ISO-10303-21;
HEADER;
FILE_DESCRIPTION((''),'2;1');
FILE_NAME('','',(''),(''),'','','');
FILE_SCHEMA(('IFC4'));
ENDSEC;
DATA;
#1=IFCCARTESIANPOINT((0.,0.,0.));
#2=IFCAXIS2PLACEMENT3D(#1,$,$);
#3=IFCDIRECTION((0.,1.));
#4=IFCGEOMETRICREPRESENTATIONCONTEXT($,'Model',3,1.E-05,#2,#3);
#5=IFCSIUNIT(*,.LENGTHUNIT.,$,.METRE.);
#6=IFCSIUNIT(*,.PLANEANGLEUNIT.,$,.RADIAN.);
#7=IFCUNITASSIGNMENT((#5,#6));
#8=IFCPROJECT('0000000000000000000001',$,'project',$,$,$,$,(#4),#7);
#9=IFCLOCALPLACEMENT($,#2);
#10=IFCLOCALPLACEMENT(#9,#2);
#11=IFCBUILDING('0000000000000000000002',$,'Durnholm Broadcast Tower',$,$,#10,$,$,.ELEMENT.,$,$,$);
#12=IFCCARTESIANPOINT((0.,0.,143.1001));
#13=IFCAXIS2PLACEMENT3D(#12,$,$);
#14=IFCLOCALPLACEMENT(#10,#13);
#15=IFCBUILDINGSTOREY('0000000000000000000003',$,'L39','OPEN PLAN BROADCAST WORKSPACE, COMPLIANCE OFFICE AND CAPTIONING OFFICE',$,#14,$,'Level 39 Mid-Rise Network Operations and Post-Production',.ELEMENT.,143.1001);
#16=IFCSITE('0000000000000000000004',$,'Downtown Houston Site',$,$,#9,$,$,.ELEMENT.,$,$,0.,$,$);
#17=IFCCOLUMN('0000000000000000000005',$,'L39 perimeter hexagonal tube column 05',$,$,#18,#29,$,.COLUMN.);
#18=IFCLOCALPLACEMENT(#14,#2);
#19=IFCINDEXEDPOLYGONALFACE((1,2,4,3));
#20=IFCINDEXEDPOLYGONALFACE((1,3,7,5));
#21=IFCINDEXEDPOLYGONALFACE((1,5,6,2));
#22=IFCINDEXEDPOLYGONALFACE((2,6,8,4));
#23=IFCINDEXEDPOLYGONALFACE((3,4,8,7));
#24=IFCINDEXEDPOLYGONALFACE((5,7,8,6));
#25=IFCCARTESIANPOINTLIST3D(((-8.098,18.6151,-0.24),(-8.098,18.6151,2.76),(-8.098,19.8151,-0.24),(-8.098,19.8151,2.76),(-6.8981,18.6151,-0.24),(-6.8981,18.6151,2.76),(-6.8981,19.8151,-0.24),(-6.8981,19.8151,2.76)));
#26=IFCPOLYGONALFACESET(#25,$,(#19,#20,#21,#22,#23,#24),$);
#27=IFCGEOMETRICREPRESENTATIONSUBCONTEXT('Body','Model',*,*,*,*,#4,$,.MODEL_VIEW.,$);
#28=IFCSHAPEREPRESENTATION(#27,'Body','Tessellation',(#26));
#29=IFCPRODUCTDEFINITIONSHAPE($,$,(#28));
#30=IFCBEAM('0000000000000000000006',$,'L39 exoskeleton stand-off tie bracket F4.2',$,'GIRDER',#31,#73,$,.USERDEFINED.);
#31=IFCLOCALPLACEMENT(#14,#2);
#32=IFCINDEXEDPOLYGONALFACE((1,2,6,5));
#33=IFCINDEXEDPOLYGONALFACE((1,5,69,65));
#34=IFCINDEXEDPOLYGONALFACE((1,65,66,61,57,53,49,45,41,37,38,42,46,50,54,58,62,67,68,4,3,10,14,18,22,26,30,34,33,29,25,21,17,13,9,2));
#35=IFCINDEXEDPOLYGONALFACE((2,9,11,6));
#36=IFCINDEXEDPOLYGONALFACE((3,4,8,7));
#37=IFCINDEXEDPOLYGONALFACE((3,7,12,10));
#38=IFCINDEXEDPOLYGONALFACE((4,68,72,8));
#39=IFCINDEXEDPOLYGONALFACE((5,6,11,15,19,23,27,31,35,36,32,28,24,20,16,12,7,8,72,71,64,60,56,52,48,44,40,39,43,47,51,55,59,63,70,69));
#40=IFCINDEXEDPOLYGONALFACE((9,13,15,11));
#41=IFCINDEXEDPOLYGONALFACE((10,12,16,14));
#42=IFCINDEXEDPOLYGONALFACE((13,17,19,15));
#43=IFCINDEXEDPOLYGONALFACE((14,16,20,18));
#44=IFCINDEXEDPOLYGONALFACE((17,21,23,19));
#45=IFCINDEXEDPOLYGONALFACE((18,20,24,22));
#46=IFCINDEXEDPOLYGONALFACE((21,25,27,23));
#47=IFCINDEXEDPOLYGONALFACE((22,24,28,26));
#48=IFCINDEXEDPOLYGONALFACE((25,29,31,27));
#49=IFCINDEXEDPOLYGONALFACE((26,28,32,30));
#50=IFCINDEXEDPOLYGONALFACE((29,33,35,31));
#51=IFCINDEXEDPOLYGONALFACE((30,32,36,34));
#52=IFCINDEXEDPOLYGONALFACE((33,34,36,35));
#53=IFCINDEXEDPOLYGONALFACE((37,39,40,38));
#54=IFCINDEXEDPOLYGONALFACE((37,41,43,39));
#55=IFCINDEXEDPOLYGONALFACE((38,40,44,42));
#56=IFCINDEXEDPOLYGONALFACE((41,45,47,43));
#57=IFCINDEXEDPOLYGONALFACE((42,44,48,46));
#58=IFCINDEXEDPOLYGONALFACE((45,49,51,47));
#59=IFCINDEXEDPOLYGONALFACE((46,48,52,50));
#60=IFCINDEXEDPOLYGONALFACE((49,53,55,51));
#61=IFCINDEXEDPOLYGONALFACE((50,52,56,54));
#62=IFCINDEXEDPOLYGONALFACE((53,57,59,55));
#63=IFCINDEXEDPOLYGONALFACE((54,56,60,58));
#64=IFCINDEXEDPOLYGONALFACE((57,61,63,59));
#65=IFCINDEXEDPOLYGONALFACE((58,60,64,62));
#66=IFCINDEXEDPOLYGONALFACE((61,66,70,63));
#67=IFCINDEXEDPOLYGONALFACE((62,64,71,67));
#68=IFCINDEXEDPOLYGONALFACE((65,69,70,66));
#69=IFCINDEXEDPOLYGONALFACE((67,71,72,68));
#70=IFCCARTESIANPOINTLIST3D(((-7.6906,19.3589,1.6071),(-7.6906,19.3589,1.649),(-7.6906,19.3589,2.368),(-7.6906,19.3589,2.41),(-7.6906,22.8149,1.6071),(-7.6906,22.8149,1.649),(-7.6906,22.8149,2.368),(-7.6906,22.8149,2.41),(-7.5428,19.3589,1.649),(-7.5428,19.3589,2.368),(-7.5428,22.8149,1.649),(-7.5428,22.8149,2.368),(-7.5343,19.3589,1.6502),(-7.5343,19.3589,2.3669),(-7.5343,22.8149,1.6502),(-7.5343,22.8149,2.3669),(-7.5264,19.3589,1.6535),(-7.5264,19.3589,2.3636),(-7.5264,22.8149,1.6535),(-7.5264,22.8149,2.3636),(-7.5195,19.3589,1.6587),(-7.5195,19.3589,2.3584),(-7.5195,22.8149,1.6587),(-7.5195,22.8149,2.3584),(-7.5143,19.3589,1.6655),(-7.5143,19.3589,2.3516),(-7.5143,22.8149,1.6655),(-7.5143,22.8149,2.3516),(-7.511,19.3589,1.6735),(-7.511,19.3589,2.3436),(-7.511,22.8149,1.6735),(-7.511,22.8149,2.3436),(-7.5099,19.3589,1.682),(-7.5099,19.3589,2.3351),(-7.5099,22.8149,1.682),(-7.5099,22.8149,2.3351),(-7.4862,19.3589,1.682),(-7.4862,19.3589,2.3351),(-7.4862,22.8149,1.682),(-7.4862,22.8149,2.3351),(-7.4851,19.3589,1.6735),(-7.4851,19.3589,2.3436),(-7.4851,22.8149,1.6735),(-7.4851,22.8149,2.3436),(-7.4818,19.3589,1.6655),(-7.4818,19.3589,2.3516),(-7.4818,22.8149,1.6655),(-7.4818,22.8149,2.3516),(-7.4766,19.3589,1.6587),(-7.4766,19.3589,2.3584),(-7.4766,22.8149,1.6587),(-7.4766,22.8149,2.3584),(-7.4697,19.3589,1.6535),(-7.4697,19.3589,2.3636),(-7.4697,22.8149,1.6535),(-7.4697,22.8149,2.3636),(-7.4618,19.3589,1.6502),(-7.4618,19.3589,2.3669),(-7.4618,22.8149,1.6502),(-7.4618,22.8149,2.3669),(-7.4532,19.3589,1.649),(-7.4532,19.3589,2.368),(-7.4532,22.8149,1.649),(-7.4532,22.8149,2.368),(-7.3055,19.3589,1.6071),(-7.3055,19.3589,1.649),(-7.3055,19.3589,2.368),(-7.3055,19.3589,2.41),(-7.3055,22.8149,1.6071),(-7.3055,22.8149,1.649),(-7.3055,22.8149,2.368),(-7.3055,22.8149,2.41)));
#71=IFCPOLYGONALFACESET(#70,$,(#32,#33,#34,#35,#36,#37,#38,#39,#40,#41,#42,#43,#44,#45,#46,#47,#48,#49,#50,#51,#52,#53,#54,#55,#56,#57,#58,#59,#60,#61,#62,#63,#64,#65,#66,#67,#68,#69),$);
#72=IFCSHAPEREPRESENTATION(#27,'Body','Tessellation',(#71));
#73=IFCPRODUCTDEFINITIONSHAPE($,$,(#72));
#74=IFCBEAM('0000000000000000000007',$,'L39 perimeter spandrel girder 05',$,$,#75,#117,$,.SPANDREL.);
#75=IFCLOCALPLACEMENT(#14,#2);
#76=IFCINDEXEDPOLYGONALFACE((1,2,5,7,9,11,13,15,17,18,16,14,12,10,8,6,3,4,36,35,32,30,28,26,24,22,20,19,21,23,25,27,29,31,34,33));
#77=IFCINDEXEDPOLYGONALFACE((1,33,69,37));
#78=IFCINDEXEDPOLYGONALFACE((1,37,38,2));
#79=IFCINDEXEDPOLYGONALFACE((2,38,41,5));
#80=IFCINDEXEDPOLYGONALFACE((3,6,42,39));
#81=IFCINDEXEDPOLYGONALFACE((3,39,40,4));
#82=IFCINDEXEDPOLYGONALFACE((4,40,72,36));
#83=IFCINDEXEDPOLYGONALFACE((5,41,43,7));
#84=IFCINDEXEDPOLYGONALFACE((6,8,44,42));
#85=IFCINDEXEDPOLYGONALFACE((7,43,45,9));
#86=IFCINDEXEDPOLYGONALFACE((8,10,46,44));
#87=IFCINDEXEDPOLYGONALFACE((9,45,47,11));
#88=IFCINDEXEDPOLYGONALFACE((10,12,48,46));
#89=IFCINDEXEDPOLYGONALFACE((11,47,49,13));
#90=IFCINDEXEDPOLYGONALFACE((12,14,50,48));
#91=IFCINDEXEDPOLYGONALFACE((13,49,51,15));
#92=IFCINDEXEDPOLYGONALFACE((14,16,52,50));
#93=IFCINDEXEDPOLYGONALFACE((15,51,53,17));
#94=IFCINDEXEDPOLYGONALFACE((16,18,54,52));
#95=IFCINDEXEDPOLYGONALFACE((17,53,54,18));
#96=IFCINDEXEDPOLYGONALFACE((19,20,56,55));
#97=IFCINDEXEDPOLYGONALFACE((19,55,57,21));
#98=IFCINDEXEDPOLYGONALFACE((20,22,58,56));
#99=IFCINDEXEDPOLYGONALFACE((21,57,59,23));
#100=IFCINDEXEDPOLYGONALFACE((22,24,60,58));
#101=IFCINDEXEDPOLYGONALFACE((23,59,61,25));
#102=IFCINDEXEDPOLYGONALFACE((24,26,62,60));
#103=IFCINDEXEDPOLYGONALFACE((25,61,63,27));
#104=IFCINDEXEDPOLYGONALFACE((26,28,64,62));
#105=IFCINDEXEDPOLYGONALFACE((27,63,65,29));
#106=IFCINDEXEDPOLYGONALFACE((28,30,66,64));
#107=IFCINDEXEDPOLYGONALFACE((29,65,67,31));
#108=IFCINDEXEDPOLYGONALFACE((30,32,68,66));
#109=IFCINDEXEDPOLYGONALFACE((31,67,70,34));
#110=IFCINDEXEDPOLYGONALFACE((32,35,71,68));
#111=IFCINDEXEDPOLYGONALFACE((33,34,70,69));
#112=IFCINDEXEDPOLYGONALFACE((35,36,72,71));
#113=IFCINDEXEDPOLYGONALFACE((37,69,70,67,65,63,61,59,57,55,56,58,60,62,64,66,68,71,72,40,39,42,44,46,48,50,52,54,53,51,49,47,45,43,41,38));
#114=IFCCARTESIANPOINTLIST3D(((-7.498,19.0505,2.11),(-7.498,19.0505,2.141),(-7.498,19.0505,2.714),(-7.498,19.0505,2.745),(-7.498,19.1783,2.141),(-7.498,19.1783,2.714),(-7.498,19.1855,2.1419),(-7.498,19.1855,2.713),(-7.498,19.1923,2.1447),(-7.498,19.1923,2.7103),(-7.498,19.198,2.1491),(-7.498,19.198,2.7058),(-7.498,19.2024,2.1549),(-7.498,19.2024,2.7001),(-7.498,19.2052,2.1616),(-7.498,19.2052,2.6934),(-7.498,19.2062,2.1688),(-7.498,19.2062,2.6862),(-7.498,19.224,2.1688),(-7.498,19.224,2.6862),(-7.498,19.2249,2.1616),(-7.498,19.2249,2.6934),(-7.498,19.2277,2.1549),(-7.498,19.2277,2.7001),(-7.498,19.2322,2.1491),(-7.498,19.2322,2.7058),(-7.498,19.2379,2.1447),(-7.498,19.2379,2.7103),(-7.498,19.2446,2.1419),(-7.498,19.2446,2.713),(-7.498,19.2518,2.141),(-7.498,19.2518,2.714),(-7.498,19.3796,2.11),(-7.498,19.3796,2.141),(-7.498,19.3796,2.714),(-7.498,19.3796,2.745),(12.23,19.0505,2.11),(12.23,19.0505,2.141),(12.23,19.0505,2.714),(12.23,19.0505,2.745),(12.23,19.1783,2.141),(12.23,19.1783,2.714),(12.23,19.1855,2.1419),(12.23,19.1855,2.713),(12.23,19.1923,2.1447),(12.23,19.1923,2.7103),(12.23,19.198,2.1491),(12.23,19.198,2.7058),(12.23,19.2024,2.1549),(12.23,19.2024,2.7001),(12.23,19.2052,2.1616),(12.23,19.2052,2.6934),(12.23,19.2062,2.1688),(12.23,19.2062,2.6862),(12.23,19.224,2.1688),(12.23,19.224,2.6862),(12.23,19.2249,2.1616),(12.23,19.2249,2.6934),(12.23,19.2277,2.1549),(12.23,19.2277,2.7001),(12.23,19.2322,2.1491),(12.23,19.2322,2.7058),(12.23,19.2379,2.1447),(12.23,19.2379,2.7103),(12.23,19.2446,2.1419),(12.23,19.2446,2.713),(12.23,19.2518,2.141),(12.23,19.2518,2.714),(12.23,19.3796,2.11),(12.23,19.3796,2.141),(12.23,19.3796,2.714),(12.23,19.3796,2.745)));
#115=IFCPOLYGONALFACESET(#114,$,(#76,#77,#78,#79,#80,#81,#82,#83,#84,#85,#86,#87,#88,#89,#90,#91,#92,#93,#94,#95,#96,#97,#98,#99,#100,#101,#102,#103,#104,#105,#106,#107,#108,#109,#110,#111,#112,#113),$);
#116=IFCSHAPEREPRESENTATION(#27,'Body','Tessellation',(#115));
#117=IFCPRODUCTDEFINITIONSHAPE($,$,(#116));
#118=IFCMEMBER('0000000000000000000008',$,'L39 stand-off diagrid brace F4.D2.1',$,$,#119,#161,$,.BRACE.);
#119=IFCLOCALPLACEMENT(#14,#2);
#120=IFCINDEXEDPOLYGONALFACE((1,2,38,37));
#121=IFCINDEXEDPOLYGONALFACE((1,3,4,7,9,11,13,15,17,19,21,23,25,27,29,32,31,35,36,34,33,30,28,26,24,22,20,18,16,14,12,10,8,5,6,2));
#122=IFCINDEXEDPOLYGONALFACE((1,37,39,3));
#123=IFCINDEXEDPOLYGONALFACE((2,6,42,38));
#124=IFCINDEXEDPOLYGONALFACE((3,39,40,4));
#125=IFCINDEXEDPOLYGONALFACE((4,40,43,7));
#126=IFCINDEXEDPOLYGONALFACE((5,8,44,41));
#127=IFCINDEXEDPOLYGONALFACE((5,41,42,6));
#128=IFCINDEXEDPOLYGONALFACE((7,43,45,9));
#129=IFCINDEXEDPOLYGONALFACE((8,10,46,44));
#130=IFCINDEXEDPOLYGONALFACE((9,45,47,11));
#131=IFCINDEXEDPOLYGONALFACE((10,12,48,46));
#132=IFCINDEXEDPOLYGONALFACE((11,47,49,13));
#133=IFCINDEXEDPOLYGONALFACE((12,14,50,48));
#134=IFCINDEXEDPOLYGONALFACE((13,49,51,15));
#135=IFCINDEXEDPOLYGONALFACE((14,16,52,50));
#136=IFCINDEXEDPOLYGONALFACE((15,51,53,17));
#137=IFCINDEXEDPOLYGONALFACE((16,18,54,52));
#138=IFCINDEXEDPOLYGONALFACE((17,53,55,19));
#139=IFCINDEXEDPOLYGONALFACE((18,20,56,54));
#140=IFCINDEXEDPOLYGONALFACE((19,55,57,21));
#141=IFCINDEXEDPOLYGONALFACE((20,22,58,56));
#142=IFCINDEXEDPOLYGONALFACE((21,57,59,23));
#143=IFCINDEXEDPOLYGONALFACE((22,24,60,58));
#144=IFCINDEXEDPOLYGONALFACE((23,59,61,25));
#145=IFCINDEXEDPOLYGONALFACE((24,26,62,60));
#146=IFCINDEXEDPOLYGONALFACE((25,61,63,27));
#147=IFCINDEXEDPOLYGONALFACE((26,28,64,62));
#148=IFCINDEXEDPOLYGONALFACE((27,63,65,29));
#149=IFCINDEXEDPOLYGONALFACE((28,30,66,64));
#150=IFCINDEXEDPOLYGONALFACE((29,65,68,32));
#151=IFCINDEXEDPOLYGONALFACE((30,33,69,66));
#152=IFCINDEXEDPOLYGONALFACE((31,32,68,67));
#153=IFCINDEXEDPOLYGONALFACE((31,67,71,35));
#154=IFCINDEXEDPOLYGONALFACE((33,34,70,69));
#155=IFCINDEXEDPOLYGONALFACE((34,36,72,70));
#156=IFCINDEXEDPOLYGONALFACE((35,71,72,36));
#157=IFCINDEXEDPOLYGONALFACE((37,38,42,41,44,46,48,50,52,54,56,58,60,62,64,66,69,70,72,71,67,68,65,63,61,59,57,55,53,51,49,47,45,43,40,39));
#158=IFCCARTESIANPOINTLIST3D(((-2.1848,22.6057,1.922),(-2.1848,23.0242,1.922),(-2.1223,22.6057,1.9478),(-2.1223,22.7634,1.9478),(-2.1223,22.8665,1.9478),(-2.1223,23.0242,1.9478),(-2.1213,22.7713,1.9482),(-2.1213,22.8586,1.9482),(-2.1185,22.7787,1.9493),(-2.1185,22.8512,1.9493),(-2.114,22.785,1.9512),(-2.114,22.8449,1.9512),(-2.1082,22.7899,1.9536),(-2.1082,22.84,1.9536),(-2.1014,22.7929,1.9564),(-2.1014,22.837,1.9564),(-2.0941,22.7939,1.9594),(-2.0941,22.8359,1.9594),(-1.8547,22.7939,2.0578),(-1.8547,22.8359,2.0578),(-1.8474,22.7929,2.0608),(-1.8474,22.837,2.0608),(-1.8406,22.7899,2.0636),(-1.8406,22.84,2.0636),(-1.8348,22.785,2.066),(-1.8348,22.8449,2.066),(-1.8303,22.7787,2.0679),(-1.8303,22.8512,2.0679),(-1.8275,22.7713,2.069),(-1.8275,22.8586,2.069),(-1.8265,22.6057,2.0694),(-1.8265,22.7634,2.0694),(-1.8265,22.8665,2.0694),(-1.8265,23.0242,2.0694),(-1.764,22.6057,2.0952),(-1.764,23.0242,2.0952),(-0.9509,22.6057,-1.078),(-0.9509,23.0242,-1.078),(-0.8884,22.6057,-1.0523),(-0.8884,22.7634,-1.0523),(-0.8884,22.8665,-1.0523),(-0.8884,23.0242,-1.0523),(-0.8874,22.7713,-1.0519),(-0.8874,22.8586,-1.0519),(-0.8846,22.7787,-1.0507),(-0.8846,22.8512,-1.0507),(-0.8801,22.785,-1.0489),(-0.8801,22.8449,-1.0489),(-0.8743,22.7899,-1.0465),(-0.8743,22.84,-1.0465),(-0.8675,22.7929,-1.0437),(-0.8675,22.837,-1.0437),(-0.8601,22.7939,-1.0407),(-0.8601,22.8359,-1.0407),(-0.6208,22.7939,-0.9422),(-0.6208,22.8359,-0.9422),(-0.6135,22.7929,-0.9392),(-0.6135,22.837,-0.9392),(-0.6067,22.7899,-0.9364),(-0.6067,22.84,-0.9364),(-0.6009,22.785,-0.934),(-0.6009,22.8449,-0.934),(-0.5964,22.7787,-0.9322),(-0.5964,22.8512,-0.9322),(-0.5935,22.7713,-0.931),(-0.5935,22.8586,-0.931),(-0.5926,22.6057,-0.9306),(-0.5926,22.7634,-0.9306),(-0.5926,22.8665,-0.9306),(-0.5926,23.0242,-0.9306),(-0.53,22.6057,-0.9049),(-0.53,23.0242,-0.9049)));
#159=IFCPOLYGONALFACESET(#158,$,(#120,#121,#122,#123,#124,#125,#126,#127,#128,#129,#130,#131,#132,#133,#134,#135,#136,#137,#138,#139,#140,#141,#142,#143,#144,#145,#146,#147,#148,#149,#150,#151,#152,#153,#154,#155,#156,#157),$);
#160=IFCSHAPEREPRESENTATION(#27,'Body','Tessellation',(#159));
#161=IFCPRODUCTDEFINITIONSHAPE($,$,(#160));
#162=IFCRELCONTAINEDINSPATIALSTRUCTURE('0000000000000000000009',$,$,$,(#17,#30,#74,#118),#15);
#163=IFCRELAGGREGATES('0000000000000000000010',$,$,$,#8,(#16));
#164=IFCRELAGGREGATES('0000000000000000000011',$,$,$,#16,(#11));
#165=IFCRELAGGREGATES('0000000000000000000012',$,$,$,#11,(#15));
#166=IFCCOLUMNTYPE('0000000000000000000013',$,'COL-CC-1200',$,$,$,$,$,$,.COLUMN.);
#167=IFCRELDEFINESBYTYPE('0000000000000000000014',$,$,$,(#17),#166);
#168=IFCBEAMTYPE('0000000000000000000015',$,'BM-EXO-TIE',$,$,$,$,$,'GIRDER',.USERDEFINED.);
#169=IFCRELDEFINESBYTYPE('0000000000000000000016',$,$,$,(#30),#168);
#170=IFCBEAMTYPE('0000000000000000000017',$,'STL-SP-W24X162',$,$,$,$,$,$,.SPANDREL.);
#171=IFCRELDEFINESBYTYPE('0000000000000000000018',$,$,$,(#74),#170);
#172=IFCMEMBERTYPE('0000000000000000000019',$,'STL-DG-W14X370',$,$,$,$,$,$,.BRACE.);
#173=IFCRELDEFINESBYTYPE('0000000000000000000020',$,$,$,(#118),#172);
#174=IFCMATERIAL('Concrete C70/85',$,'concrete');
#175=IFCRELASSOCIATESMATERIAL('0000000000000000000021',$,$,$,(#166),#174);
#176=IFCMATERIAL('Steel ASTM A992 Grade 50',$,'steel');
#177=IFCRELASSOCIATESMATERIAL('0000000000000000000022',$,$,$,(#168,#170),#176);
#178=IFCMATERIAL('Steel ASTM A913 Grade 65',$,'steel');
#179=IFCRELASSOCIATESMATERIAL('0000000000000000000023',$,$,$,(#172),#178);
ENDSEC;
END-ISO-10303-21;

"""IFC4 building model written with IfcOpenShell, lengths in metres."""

from ifc_helpers import new_model, si_unit, direction, frame, origin, origin_2d, place, context, subcontext, project, spatial, rectangle, i_section, extrude, source, transform, mapped, material, material_profile, profile_set, type_object, type_shapes, element, save


model = new_model("IFC4")

# Units and contexts
model_context = context("Model", 3, precision=1e-05, world=origin(), true_north=direction((0.0, 1.0)))
body_context = subcontext(model_context, "Body", "Model", "MODEL_VIEW")
ifc_project = project(units=[si_unit("LENGTHUNIT", "METRE"), si_unit("PLANEANGLEUNIT", "RADIAN")], contexts=[model_context])

# Site, building, storey
site_placement = place(None, origin())
site = spatial("IfcSite", under=ifc_project, at=site_placement, Name="Downtown Houston Site", CompositionType="ELEMENT", RefElevation=0.0)
building_placement = place(site_placement, origin())
building = spatial("IfcBuilding", under=site, at=building_placement, Name="Durnholm Broadcast Tower", CompositionType="ELEMENT")
storey_placement = place(building_placement, frame((0.0, 0.0, 143.1001)))
storey = spatial("IfcBuildingStorey", under=building, at=storey_placement, Name="L39", Description="OPEN PLAN BROADCAST WORKSPACE, COMPLIANCE OFFICE AND CAPTIONING OFFICE", LongName="Level 39 Mid-Rise Network Operations and Post-Production", CompositionType="ELEMENT", Elevation=143.1001)

# Column
ifc_material_1 = material(Name="Concrete C70/85", Category="concrete")
ifc_material_profile_1 = material_profile(ifc_material_1, rectangle(XDim=1.2, YDim=1.2, at=origin_2d()), Name="RC1200X1200")
ifc_profile_set_1 = profile_set([ifc_material_profile_1], Name="Concrete C70/85")
column_type = type_object("IfcColumnType", Name="COL-CC-1200", PredefinedType="COLUMN", material=ifc_profile_set_1)
shared_shape_1 = source(origin(), body_context, "Body", "SweptSolid", [
    extrude(rectangle(XDim=1.2, YDim=1.2, at=origin_2d()), origin(), (0.0, 0.0, 1.0), 3.0),
])
type_shapes(column_type, [shared_shape_1])
column_placement = place(storey_placement, frame((-7.498, 19.2151, -0.24), z_axis=(0.0, 0.0, 1.0), x_axis=(1.0, 0.0, 0.0)))
element("IfcColumn", 1, at=column_placement, inside=storey, type_object=column_type, Name="L39 perimeter hexagonal tube column 05", PredefinedType="COLUMN", context=body_context, shape_type="MappedRepresentation", body=[
    mapped(shared_shape_1, transform((0.0, 0.0, 0.0), x_axis=(1.0, 0.0, 0.0), y_axis=(0.0, 1.0, 0.0), z_axis=(0.0, 0.0, 1.0), scale=1.0)),
])

# Beams
ifc_material_2 = material(Name="Steel ASTM A992 Grade 50", Category="steel")
ifc_material_profile_2 = material_profile(ifc_material_2, i_section(OverallWidth=0.385, OverallDepth=0.803, WebThickness=0.0237, FlangeThickness=0.042, FilletRadius=0.033, at=origin_2d()), Name="W30X261")
ifc_profile_set_2 = profile_set([ifc_material_profile_2], Name="Steel ASTM A992 Grade 50")
beam_type_1 = type_object("IfcBeamType", Name="BM-EXO-TIE", ElementType="GIRDER", PredefinedType="USERDEFINED", material=ifc_profile_set_2)
shared_shape_2 = source(origin(), body_context, "Body", "SweptSolid", [
    extrude(i_section(OverallWidth=0.385, OverallDepth=0.803, WebThickness=0.0237, FlangeThickness=0.042, FilletRadius=0.033, at=origin_2d()), origin(), (0.0, 0.0, 1.0), 3.4561),
])
type_shapes(beam_type_1, [shared_shape_2])
beam_1_placement = place(storey_placement, frame((-7.498, 19.3589, 2.0085), z_axis=(0.0, 1.0, 0.0), x_axis=(-1.0, 0.0, 0.0)))
element("IfcBeam", 2, at=beam_1_placement, inside=storey, type_object=beam_type_1, Name="L39 exoskeleton stand-off tie bracket F4.2", ObjectType="GIRDER", PredefinedType="USERDEFINED", context=body_context, shape_type="MappedRepresentation", body=[
    mapped(shared_shape_2, transform((0.0, 0.0, 0.0), x_axis=(1.0, 0.0, 0.0), y_axis=(0.0, 1.0, 0.0), z_axis=(0.0, 0.0, 1.0), scale=1.0)),
])
ifc_material_profile_3 = material_profile(ifc_material_2, i_section(OverallWidth=0.3291, OverallDepth=0.635, WebThickness=0.0178, FlangeThickness=0.031, FilletRadius=0.0278, at=origin_2d()), Name="W24X162")
ifc_profile_set_3 = profile_set([ifc_material_profile_3], Name="Steel ASTM A992 Grade 50")
beam_type_2 = type_object("IfcBeamType", Name="STL-SP-W24X162", PredefinedType="SPANDREL", material=ifc_profile_set_3)
shared_shape_3 = source(origin(), body_context, "Body", "SweptSolid", [
    extrude(i_section(OverallWidth=0.3291, OverallDepth=0.635, WebThickness=0.0178, FlangeThickness=0.031, FilletRadius=0.0278, at=origin_2d()), origin(), (0.0, 0.0, 1.0), 19.728),
])
type_shapes(beam_type_2, [shared_shape_3])
beam_2_placement = place(storey_placement, frame((-7.498, 19.2151, 2.4275), z_axis=(1.0, 0.0, 0.0), x_axis=(0.0, 1.0, 0.0)))
element("IfcBeam", 3, at=beam_2_placement, inside=storey, type_object=beam_type_2, Name="L39 perimeter spandrel girder 05", PredefinedType="SPANDREL", context=body_context, shape_type="MappedRepresentation", body=[
    mapped(shared_shape_3, transform((0.0, 0.0, 0.0), x_axis=(1.0, 0.0, 0.0), y_axis=(0.0, 1.0, 0.0), z_axis=(0.0, 0.0, 1.0), scale=1.0)),
])

# Member
ifc_material_3 = material(Name="Steel ASTM A913 Grade 65", Category="steel")
ifc_material_profile_4 = material_profile(ifc_material_3, i_section(OverallWidth=0.4185, OverallDepth=0.4551, WebThickness=0.042, FlangeThickness=0.0676, FilletRadius=0.0305, at=origin_2d()), Name="W14X370")
ifc_profile_set_4 = profile_set([ifc_material_profile_4], Name="Steel ASTM A913 Grade 65")
member_type_1 = type_object("IfcMemberType", Name="STL-DG-W14X370", PredefinedType="BRACE", material=ifc_profile_set_4)
shared_shape_4 = source(origin(), body_context, "Body", "SweptSolid", [
    extrude(i_section(OverallWidth=0.4185, OverallDepth=0.4551, WebThickness=0.042, FlangeThickness=0.0676, FilletRadius=0.0305, at=origin_2d()), origin(), (0.0, 0.0, 1.0), 3.2439),
])
member_1_placement = place(storey_placement, frame((-0.7405, 22.8149, -0.9915), z_axis=(-0.380379, 0.0, 0.924831), x_axis=(0.0, -1.0, 0.0)))
element("IfcMember", 4, at=member_1_placement, inside=storey, type_object=member_type_1, Name="L39 stand-off diagrid brace F4.D2.1", PredefinedType="BRACE", context=body_context, shape_type="MappedRepresentation", body=[
    mapped(shared_shape_4, transform((0.0, 0.0, 0.0), x_axis=(1.0, 0.0, 0.0), y_axis=(0.0, 1.0, 0.0), z_axis=(0.0, 0.0, 1.0), scale=1.0)),
])

save(model, "model.ifc")
